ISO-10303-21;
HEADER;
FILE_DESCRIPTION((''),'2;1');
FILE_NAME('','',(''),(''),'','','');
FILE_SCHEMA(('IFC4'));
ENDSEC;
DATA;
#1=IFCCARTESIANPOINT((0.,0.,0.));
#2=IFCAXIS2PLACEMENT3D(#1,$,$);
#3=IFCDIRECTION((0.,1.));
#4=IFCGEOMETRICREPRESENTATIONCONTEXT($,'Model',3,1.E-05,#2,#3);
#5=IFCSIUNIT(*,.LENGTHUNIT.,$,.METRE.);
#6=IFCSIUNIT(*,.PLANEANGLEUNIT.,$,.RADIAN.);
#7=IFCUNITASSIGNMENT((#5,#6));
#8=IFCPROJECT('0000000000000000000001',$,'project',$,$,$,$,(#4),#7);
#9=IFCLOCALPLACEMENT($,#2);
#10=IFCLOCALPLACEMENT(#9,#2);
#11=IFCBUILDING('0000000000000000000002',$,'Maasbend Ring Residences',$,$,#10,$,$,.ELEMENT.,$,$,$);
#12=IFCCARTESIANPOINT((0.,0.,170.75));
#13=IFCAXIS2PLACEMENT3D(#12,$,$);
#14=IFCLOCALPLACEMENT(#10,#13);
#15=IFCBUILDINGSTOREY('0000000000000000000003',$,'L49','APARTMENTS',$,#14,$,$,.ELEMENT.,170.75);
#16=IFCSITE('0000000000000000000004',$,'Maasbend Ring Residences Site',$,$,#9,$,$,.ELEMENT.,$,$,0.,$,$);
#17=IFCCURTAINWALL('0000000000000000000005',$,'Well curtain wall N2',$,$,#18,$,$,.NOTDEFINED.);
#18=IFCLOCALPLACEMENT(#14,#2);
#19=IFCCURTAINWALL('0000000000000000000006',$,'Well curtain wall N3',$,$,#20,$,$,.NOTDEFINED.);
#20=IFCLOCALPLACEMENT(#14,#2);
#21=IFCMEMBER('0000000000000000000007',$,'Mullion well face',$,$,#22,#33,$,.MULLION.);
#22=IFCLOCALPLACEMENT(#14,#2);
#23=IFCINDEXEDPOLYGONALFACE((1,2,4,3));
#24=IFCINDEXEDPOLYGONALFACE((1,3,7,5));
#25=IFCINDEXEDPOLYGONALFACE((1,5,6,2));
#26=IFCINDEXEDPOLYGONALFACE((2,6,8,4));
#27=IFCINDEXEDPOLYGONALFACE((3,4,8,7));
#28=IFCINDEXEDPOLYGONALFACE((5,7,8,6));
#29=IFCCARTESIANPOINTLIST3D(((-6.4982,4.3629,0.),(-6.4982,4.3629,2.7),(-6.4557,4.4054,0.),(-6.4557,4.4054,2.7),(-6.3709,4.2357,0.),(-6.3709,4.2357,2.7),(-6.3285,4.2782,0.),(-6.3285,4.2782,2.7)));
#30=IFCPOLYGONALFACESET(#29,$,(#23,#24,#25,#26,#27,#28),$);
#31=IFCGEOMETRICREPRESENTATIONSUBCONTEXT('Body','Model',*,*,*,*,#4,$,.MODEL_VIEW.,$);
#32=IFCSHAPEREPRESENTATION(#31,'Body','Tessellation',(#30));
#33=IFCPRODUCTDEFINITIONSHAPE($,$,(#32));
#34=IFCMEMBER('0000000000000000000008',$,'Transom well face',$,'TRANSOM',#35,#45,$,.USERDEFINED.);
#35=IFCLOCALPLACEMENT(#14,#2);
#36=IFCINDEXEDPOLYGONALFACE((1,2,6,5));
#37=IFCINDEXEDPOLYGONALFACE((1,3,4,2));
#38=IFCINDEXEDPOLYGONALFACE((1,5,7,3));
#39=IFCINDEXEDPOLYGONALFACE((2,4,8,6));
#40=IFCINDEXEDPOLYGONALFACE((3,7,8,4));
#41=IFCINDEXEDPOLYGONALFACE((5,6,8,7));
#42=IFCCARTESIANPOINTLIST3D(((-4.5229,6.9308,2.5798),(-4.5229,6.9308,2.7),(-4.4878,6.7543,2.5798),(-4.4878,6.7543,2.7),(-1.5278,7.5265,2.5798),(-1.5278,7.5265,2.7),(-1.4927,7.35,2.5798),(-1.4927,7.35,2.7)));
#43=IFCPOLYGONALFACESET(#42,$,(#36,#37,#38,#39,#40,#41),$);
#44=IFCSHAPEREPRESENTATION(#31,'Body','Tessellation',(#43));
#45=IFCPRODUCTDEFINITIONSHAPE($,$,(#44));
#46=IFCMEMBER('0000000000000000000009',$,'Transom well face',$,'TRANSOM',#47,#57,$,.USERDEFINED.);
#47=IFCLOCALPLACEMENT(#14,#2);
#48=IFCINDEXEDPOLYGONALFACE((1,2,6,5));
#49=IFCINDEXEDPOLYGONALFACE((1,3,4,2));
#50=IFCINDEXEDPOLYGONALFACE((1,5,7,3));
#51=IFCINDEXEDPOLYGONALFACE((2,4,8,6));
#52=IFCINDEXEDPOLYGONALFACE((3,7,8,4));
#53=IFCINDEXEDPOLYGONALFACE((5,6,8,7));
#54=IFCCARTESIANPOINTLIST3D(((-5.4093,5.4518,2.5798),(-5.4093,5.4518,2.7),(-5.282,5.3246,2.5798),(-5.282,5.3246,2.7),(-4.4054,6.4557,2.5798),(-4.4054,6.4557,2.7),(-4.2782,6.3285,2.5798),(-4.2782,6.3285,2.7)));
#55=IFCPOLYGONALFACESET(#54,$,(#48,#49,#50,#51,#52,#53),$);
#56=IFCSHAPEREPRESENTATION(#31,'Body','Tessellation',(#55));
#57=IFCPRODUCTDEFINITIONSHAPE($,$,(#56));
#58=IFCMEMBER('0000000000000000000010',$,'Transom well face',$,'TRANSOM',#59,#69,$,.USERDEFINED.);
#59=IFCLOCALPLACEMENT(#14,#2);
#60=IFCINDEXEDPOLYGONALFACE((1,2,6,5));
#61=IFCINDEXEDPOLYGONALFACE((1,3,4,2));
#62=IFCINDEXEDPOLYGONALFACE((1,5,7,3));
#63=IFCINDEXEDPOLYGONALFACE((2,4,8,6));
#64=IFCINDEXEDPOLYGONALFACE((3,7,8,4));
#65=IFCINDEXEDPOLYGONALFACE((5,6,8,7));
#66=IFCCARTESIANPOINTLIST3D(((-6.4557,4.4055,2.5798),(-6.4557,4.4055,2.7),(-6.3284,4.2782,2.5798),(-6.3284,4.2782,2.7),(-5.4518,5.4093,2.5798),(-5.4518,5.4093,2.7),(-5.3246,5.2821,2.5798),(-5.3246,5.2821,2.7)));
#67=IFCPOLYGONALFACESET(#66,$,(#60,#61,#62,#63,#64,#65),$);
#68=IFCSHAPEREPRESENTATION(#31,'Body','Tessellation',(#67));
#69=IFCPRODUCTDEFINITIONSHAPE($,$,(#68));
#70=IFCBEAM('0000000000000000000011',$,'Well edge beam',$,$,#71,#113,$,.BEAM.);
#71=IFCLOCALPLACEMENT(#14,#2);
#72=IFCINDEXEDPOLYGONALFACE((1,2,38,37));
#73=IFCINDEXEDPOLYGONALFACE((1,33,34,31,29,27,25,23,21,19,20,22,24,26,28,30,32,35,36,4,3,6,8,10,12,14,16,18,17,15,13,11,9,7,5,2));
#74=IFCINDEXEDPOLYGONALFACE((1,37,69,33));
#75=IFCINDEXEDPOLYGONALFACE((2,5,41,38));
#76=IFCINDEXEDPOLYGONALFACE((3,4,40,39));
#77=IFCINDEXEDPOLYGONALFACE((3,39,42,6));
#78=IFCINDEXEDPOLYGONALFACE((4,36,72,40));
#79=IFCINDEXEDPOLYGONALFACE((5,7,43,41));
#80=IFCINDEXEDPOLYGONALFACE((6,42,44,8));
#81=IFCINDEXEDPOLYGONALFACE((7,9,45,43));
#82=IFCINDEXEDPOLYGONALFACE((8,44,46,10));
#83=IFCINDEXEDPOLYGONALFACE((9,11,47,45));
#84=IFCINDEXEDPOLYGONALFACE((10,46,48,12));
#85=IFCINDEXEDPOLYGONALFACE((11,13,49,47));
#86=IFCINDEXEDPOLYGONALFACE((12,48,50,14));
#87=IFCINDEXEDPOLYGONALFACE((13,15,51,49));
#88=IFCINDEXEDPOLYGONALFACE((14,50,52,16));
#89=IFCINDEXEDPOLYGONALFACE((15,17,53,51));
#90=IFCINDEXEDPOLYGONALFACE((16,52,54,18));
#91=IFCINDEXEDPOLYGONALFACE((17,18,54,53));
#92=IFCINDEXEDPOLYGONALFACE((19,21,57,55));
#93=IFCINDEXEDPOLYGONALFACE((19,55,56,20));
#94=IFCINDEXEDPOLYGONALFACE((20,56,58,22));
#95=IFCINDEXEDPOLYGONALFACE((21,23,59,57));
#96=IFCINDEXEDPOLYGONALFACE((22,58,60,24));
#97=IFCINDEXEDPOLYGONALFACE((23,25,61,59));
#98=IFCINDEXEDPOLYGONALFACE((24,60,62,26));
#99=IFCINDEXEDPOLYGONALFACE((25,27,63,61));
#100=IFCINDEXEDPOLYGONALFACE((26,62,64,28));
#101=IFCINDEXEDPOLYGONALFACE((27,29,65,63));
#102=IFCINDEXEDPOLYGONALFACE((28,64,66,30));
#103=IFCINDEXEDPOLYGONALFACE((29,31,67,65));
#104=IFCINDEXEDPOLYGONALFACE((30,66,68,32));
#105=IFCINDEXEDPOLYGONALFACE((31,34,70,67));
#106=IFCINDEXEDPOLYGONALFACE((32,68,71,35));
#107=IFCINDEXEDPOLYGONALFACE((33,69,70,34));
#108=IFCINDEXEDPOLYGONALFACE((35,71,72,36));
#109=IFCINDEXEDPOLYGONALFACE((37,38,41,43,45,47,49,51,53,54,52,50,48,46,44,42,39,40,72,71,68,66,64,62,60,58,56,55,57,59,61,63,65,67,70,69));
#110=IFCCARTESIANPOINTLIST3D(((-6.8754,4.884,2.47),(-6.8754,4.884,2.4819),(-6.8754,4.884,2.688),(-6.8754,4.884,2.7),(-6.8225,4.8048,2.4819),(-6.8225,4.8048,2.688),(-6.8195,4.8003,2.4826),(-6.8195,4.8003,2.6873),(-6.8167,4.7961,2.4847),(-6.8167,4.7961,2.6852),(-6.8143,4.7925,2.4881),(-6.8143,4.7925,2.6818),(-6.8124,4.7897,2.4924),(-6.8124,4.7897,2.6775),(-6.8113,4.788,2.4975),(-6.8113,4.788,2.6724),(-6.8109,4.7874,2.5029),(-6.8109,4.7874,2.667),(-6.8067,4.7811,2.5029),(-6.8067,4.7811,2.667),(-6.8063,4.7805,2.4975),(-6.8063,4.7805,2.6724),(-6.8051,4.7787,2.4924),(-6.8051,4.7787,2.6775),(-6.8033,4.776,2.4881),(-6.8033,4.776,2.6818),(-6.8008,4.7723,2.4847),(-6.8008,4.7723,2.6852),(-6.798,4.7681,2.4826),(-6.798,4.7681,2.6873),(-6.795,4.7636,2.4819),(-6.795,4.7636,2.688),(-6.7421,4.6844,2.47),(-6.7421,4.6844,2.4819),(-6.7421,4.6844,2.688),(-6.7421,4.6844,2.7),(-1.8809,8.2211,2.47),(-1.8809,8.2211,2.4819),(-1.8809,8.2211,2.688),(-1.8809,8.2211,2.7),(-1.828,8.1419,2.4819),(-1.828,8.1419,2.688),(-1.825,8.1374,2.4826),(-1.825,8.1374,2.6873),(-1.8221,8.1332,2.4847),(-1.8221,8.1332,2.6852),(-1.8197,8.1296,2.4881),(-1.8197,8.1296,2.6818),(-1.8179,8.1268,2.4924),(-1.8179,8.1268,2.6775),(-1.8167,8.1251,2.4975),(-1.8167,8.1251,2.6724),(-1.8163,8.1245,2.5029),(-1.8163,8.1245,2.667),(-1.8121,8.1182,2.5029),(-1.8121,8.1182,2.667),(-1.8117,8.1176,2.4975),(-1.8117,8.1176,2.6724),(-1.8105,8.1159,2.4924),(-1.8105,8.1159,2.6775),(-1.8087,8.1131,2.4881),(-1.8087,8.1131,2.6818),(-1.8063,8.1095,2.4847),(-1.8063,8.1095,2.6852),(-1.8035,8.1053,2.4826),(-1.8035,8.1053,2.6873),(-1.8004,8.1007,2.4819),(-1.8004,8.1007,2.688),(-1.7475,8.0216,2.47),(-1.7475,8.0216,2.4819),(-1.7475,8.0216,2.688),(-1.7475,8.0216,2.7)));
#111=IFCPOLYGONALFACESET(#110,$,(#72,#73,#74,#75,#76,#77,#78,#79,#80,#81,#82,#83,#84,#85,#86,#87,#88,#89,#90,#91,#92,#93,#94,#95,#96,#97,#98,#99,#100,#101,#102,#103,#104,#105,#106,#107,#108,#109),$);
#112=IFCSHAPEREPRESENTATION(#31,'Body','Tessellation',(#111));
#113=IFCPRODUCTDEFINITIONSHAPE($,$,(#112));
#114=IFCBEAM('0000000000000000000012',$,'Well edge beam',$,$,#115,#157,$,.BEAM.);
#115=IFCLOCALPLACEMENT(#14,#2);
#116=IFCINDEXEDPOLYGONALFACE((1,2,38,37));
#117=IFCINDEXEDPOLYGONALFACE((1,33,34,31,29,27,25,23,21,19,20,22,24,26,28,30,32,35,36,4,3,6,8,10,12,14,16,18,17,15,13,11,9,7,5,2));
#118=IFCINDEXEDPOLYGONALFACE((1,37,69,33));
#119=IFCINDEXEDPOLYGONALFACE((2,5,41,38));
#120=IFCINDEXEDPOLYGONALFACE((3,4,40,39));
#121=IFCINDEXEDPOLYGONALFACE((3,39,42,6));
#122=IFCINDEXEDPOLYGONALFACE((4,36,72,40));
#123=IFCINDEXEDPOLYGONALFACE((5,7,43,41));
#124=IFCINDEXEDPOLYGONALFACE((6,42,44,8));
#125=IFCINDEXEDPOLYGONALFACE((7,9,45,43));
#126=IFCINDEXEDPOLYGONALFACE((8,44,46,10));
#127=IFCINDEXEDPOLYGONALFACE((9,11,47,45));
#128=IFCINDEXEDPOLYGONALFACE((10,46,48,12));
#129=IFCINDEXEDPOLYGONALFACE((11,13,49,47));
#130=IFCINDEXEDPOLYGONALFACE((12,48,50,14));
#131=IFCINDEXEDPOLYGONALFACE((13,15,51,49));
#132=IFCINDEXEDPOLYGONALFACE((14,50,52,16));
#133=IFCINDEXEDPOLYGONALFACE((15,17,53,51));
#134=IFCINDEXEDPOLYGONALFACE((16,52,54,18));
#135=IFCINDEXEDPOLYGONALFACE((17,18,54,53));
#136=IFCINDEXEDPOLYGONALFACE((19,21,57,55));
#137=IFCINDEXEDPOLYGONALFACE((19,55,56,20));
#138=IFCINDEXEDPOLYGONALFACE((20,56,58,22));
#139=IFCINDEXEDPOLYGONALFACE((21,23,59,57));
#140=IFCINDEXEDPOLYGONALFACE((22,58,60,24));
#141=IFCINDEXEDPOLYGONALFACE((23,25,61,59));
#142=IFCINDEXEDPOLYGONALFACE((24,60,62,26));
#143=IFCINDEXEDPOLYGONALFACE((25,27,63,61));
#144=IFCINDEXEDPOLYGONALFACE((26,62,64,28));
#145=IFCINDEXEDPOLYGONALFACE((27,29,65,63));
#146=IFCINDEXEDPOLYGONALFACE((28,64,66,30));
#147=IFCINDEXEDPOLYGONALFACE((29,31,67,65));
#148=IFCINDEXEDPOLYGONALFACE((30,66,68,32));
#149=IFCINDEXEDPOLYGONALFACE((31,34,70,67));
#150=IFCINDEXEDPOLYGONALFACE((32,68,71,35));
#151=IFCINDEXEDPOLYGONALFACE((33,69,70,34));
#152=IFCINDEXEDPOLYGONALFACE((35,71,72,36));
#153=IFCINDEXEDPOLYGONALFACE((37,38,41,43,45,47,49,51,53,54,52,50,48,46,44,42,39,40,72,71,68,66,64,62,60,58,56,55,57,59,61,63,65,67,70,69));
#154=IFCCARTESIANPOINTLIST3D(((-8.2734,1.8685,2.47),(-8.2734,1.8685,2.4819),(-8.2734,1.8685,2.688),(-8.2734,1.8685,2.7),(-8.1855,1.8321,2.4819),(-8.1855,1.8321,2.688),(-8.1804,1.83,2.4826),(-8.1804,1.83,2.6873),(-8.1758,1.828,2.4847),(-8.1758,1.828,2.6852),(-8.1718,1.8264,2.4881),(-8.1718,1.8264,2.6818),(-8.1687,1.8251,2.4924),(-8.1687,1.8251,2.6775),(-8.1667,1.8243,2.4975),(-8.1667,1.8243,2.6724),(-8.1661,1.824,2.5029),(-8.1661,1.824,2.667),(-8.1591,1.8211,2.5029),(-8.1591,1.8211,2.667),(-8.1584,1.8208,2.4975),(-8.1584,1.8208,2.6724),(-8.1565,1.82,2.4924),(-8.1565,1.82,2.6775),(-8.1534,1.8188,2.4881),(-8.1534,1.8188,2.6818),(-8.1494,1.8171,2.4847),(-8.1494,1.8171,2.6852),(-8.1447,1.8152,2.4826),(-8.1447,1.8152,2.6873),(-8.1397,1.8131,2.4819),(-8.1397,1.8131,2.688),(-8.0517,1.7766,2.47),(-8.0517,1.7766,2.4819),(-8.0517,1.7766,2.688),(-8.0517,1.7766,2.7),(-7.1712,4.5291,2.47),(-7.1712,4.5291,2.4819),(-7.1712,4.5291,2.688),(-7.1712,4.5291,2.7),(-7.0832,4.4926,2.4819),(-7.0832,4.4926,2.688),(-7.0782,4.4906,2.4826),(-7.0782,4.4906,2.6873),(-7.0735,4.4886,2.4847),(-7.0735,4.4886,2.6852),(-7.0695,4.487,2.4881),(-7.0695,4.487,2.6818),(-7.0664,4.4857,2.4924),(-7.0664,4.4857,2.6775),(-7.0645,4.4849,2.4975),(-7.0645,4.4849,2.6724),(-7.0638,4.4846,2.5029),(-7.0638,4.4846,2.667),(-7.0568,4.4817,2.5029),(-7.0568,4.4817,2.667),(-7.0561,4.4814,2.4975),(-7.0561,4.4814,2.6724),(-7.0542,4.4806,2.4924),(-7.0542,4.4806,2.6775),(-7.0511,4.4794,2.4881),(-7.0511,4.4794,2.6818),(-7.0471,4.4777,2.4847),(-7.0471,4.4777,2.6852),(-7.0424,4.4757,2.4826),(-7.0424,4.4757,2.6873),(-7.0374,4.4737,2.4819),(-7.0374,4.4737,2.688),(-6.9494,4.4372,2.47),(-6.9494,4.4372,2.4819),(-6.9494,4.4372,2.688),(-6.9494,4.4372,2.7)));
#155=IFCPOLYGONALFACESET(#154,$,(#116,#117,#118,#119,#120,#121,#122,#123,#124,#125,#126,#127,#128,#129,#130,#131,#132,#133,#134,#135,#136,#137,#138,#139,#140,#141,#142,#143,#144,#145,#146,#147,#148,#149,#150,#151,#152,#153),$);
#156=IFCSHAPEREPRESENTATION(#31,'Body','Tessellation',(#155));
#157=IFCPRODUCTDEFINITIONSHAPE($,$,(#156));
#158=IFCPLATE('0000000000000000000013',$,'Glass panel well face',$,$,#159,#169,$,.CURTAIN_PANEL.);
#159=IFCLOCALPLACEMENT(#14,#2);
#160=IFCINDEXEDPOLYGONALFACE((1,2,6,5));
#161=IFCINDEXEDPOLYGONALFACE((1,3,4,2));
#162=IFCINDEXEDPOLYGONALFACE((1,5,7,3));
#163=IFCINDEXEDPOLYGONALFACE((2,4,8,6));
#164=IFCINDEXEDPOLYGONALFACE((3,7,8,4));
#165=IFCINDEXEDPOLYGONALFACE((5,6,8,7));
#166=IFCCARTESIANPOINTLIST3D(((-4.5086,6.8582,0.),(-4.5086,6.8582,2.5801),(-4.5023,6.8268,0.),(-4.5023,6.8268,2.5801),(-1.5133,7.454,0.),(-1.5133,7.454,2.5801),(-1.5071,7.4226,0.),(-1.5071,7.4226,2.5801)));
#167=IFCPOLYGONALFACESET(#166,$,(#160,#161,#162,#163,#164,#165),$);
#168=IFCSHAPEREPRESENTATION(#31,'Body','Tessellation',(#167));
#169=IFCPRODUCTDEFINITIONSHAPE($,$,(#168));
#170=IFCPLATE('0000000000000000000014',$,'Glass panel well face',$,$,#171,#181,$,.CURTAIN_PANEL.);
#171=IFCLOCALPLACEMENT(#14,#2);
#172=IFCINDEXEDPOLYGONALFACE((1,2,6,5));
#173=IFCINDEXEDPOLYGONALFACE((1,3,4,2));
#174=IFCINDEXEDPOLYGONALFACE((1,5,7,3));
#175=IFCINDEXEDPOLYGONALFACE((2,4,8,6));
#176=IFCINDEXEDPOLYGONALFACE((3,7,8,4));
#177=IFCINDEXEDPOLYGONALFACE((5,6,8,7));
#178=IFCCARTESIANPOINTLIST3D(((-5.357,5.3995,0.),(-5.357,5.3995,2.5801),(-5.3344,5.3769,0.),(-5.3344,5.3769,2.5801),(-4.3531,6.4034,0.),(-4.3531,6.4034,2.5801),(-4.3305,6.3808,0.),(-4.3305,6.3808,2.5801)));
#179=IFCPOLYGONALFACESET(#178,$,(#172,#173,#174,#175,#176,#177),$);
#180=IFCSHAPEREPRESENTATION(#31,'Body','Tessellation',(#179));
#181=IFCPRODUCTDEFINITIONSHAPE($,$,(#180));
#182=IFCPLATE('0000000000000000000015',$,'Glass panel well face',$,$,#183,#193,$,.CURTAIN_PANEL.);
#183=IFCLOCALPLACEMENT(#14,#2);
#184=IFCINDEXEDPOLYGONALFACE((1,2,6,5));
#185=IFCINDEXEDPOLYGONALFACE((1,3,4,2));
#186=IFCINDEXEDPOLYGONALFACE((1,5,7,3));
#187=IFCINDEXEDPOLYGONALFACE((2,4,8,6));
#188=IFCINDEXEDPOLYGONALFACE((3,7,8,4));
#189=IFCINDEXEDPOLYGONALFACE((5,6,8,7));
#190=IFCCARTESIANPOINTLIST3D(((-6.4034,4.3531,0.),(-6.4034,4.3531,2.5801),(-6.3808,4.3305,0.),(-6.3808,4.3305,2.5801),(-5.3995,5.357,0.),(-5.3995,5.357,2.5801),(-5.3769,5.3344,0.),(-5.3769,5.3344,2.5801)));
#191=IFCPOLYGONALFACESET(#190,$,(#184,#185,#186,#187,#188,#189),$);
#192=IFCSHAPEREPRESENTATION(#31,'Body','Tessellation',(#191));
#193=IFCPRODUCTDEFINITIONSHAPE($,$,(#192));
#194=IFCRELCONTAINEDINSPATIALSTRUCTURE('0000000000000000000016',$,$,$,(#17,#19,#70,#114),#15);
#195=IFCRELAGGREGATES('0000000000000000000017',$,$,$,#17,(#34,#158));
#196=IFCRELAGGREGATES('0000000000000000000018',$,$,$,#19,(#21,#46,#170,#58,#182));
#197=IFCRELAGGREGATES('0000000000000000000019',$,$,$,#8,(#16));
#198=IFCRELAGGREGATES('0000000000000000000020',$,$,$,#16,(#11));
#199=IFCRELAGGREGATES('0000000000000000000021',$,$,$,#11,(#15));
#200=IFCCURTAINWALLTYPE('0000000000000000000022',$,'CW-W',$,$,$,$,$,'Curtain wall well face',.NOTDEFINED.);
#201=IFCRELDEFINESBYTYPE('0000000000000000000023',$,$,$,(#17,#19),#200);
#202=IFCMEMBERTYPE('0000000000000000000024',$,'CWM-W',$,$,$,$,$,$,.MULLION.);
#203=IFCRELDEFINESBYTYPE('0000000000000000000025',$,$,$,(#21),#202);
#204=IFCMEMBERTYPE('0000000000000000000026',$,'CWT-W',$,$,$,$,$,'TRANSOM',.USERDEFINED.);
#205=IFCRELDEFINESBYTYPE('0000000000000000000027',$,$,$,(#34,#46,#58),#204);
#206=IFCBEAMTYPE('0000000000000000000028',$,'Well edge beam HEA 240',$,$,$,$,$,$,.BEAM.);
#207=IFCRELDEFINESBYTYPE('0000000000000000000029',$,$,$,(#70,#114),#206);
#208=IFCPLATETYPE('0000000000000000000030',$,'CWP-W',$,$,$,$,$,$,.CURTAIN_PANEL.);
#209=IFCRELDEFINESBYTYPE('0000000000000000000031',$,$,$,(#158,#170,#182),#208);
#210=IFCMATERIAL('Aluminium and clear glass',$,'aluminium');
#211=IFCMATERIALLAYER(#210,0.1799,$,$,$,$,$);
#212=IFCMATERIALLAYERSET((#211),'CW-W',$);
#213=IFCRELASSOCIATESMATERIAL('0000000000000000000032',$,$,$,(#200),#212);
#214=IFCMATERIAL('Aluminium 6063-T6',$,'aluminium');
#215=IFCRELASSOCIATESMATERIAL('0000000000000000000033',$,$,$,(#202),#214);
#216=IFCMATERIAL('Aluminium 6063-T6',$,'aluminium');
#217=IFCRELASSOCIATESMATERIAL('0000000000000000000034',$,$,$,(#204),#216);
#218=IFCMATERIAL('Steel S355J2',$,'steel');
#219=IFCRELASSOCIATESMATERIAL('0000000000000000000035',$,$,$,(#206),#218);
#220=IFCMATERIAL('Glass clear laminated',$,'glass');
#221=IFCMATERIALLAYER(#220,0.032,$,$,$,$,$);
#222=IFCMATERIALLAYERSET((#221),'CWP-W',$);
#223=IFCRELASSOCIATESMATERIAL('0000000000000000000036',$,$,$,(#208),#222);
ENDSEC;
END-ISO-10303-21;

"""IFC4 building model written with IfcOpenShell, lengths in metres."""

from ifc_helpers import new_model, si_unit, direction, frame, origin, origin_2d, place, context, subcontext, project, spatial, rectangle, i_section, extrude, material, layer, layer_set, material_profile, profile_set, type_object, element, aggregate, save


model = new_model("IFC4")

# Units and contexts
model_context = context("Model", 3, precision=1e-05, world=origin(), true_north=direction((0.0, 1.0)))
body_context = subcontext(model_context, "Body", "Model", "MODEL_VIEW")
ifc_project = project(units=[si_unit("LENGTHUNIT", "METRE"), si_unit("PLANEANGLEUNIT", "RADIAN")], contexts=[model_context])

# Site, building, storey
site_placement = place(None, origin())
site = spatial("IfcSite", under=ifc_project, at=site_placement, Name="Maasbend Ring Residences Site", CompositionType="ELEMENT", RefElevation=0.0)
building_placement = place(site_placement, origin())
building = spatial("IfcBuilding", under=site, at=building_placement, Name="Maasbend Ring Residences", CompositionType="ELEMENT")
storey_placement = place(building_placement, frame((0.0, 0.0, 170.75)))
storey = spatial("IfcBuildingStorey", under=building, at=storey_placement, Name="L49", Description="APARTMENTS", CompositionType="ELEMENT", Elevation=170.75)

# Curtain walls, member
ifc_material_1 = material(Name="Aluminium and clear glass", Category="aluminium")
ifc_layer_1 = layer(ifc_material_1, 0.1799)
ifc_layer_set_1 = layer_set([ifc_layer_1], Name="CW-W")
curtain_wall_type = type_object("IfcCurtainWallType", Name="CW-W", ElementType="Curtain wall well face", PredefinedType="NOTDEFINED", material=ifc_layer_set_1)
curtain_wall_1_placement = place(storey_placement, origin())
curtain_wall_1 = element("IfcCurtainWall", 1, at=curtain_wall_1_placement, inside=storey, type_object=curtain_wall_type, Name="Well curtain wall N2", PredefinedType="NOTDEFINED")
ifc_material_2 = material(Name="Aluminium 6063-T6", Category="aluminium")
ifc_material_profile_1 = material_profile(ifc_material_2, rectangle(XDim=0.1799, YDim=0.0601, at=origin_2d()), Name="AL 180x60")
ifc_profile_set_1 = profile_set([ifc_material_profile_1], Name="Aluminium 6063-T6")
member_type_1 = type_object("IfcMemberType", Name="CWM-W", PredefinedType="MULLION", material=ifc_profile_set_1)
curtain_wall_2_placement = place(storey_placement, origin())
curtain_wall_2 = element("IfcCurtainWall", 2, at=curtain_wall_2_placement, inside=storey, type_object=curtain_wall_type, Name="Well curtain wall N3", PredefinedType="NOTDEFINED")
member_1_placement = place(storey_placement, frame((-6.4133, 4.3206, 0.0), z_axis=(0.0, 0.0, 1.0), x_axis=(0.707107, -0.707107, 0.0)))
member_1 = element("IfcMember", 3, at=member_1_placement, type_object=member_type_1, Name="Mullion well face", PredefinedType="MULLION", context=body_context, shape_type="SweptSolid", body=[
    extrude(rectangle(XDim=0.1799, YDim=0.0601, at=origin_2d()), origin(), (0.0, 0.0, 1.0), 2.7),
])

# Members
ifc_material_3 = material(Name="Aluminium 6063-T6", Category="aluminium")
ifc_material_profile_2 = material_profile(ifc_material_3, rectangle(XDim=0.1799, YDim=0.1201, at=origin_2d()), Name="AL 180x120")
ifc_profile_set_2 = profile_set([ifc_material_profile_2], Name="Aluminium 6063-T6")
member_type_2 = type_object("IfcMemberType", Name="CWT-W", ElementType="TRANSOM", PredefinedType="USERDEFINED", material=ifc_profile_set_2)
member_2_placement = place(storey_placement, frame((-1.5103, 7.4382, 2.6399), z_axis=(-0.980789, -0.195071, 0.0), x_axis=(0.195071, -0.980789, 0.0)))
member_2 = element("IfcMember", 4, at=member_2_placement, type_object=member_type_2, Name="Transom well face", ObjectType="TRANSOM", PredefinedType="USERDEFINED", context=body_context, shape_type="SweptSolid", body=[
    extrude(rectangle(XDim=0.1799, YDim=0.1201, at=origin_2d()), origin(), (0.0, 0.0, 1.0), 3.0537),
])
member_3_placement = place(storey_placement, frame((-4.3418, 6.3921, 2.6399), z_axis=(-0.707107, -0.707107, 0.0), x_axis=(0.707107, -0.707107, 0.0)))
member_3 = element("IfcMember", 5, at=member_3_placement, type_object=member_type_2, Name="Transom well face", ObjectType="TRANSOM", PredefinedType="USERDEFINED", context=body_context, shape_type="SweptSolid", body=[
    extrude(rectangle(XDim=0.1799, YDim=0.1201, at=origin_2d()), origin(), (0.0, 0.0, 1.0), 1.4197),
])
member_4_placement = place(storey_placement, frame((-5.3882, 5.3457, 2.6399), z_axis=(-0.707107, -0.707107, 0.0), x_axis=(0.707107, -0.707107, 0.0)))
member_4 = element("IfcMember", 6, at=member_4_placement, type_object=member_type_2, Name="Transom well face", ObjectType="TRANSOM", PredefinedType="USERDEFINED", context=body_context, shape_type="SweptSolid", body=[
    extrude(rectangle(XDim=0.1799, YDim=0.1201, at=origin_2d()), origin(), (0.0, 0.0, 1.0), 1.4197),
])

# Beams
ifc_material_4 = material(Name="Steel S355J2", Category="steel")
ifc_material_profile_3 = material_profile(ifc_material_4, i_section(OverallWidth=0.24, OverallDepth=0.23, WebThickness=0.0076, FlangeThickness=0.012, FilletRadius=0.021, at=origin_2d()), Name="HEA 240")
ifc_profile_set_3 = profile_set([ifc_material_profile_3], Name="Steel S355J2")
beam_type = type_object("IfcBeamType", Name="Well edge beam HEA 240", PredefinedType="BEAM", material=ifc_profile_set_3)
beam_1_placement = place(storey_placement, frame((-1.8142, 8.1213, 2.585), z_axis=(-0.831481, -0.555553, 0.0), x_axis=(0.555553, -0.831481, 0.0)))
element("IfcBeam", 7, at=beam_1_placement, inside=storey, type_object=beam_type, Name="Well edge beam", PredefinedType="BEAM", context=body_context, shape_type="SweptSolid", body=[
    extrude(i_section(OverallWidth=0.24, OverallDepth=0.23, WebThickness=0.0076, FlangeThickness=0.012, FilletRadius=0.021, at=origin_2d()), origin(), (0.0, 0.0, 1.0), 6.0068),
])
beam_2_placement = place(storey_placement, frame((-7.0603, 4.4832, 2.585), z_axis=(-0.382749, -0.923853, 0.0), x_axis=(0.923853, -0.382749, 0.0)))
element("IfcBeam", 8, at=beam_2_placement, inside=storey, type_object=beam_type, Name="Well edge beam", PredefinedType="BEAM", context=body_context, shape_type="SweptSolid", body=[
    extrude(i_section(OverallWidth=0.24, OverallDepth=0.23, WebThickness=0.0076, FlangeThickness=0.012, FilletRadius=0.021, at=origin_2d()), origin(), (0.0, 0.0, 1.0), 2.8799),
])

# Plates
ifc_material_5 = material(Name="Glass clear laminated", Category="glass")
ifc_layer_2 = layer(ifc_material_5, 0.032)
ifc_layer_set_2 = layer_set([ifc_layer_2], Name="CWP-W")
plate_type = type_object("IfcPlateType", Name="CWP-W", PredefinedType="CURTAIN_PANEL", material=ifc_layer_set_2)
plate_1_placement = place(storey_placement, frame((-3.0078, 7.1404, 0.0), z_axis=(0.0, 0.0, 1.0), x_axis=(-0.980785, -0.19509, 0.0)))
plate_1 = element("IfcPlate", 9, at=plate_1_placement, type_object=plate_type, Name="Glass panel well face", PredefinedType="CURTAIN_PANEL", context=body_context, shape_type="SweptSolid", body=[
    extrude(rectangle(XDim=3.054, YDim=0.032, at=origin_2d()), origin(), (0.0, 0.0, 1.0), 2.5801),
])
aggregate(curtain_wall_1, [member_2, plate_1])
plate_2_placement = place(storey_placement, frame((-4.8438, 5.8901, 0.0), z_axis=(0.0, 0.0, 1.0), x_axis=(-0.707107, -0.707107, 0.0)))
plate_2 = element("IfcPlate", 10, at=plate_2_placement, type_object=plate_type, Name="Glass panel well face", PredefinedType="CURTAIN_PANEL", context=body_context, shape_type="SweptSolid", body=[
    extrude(rectangle(XDim=1.4197, YDim=0.032, at=origin_2d()), origin(), (0.0, 0.0, 1.0), 2.5801),
])
plate_3_placement = place(storey_placement, frame((-5.8901, 4.8438, 0.0), z_axis=(0.0, 0.0, 1.0), x_axis=(-0.707107, -0.707107, 0.0)))
plate_3 = element("IfcPlate", 11, at=plate_3_placement, type_object=plate_type, Name="Glass panel well face", PredefinedType="CURTAIN_PANEL", context=body_context, shape_type="SweptSolid", body=[
    extrude(rectangle(XDim=1.4197, YDim=0.032, at=origin_2d()), origin(), (0.0, 0.0, 1.0), 2.5801),
])
aggregate(curtain_wall_2, [member_1, member_3, plate_2, member_4, plate_3])

save(model, "model.ifc")
